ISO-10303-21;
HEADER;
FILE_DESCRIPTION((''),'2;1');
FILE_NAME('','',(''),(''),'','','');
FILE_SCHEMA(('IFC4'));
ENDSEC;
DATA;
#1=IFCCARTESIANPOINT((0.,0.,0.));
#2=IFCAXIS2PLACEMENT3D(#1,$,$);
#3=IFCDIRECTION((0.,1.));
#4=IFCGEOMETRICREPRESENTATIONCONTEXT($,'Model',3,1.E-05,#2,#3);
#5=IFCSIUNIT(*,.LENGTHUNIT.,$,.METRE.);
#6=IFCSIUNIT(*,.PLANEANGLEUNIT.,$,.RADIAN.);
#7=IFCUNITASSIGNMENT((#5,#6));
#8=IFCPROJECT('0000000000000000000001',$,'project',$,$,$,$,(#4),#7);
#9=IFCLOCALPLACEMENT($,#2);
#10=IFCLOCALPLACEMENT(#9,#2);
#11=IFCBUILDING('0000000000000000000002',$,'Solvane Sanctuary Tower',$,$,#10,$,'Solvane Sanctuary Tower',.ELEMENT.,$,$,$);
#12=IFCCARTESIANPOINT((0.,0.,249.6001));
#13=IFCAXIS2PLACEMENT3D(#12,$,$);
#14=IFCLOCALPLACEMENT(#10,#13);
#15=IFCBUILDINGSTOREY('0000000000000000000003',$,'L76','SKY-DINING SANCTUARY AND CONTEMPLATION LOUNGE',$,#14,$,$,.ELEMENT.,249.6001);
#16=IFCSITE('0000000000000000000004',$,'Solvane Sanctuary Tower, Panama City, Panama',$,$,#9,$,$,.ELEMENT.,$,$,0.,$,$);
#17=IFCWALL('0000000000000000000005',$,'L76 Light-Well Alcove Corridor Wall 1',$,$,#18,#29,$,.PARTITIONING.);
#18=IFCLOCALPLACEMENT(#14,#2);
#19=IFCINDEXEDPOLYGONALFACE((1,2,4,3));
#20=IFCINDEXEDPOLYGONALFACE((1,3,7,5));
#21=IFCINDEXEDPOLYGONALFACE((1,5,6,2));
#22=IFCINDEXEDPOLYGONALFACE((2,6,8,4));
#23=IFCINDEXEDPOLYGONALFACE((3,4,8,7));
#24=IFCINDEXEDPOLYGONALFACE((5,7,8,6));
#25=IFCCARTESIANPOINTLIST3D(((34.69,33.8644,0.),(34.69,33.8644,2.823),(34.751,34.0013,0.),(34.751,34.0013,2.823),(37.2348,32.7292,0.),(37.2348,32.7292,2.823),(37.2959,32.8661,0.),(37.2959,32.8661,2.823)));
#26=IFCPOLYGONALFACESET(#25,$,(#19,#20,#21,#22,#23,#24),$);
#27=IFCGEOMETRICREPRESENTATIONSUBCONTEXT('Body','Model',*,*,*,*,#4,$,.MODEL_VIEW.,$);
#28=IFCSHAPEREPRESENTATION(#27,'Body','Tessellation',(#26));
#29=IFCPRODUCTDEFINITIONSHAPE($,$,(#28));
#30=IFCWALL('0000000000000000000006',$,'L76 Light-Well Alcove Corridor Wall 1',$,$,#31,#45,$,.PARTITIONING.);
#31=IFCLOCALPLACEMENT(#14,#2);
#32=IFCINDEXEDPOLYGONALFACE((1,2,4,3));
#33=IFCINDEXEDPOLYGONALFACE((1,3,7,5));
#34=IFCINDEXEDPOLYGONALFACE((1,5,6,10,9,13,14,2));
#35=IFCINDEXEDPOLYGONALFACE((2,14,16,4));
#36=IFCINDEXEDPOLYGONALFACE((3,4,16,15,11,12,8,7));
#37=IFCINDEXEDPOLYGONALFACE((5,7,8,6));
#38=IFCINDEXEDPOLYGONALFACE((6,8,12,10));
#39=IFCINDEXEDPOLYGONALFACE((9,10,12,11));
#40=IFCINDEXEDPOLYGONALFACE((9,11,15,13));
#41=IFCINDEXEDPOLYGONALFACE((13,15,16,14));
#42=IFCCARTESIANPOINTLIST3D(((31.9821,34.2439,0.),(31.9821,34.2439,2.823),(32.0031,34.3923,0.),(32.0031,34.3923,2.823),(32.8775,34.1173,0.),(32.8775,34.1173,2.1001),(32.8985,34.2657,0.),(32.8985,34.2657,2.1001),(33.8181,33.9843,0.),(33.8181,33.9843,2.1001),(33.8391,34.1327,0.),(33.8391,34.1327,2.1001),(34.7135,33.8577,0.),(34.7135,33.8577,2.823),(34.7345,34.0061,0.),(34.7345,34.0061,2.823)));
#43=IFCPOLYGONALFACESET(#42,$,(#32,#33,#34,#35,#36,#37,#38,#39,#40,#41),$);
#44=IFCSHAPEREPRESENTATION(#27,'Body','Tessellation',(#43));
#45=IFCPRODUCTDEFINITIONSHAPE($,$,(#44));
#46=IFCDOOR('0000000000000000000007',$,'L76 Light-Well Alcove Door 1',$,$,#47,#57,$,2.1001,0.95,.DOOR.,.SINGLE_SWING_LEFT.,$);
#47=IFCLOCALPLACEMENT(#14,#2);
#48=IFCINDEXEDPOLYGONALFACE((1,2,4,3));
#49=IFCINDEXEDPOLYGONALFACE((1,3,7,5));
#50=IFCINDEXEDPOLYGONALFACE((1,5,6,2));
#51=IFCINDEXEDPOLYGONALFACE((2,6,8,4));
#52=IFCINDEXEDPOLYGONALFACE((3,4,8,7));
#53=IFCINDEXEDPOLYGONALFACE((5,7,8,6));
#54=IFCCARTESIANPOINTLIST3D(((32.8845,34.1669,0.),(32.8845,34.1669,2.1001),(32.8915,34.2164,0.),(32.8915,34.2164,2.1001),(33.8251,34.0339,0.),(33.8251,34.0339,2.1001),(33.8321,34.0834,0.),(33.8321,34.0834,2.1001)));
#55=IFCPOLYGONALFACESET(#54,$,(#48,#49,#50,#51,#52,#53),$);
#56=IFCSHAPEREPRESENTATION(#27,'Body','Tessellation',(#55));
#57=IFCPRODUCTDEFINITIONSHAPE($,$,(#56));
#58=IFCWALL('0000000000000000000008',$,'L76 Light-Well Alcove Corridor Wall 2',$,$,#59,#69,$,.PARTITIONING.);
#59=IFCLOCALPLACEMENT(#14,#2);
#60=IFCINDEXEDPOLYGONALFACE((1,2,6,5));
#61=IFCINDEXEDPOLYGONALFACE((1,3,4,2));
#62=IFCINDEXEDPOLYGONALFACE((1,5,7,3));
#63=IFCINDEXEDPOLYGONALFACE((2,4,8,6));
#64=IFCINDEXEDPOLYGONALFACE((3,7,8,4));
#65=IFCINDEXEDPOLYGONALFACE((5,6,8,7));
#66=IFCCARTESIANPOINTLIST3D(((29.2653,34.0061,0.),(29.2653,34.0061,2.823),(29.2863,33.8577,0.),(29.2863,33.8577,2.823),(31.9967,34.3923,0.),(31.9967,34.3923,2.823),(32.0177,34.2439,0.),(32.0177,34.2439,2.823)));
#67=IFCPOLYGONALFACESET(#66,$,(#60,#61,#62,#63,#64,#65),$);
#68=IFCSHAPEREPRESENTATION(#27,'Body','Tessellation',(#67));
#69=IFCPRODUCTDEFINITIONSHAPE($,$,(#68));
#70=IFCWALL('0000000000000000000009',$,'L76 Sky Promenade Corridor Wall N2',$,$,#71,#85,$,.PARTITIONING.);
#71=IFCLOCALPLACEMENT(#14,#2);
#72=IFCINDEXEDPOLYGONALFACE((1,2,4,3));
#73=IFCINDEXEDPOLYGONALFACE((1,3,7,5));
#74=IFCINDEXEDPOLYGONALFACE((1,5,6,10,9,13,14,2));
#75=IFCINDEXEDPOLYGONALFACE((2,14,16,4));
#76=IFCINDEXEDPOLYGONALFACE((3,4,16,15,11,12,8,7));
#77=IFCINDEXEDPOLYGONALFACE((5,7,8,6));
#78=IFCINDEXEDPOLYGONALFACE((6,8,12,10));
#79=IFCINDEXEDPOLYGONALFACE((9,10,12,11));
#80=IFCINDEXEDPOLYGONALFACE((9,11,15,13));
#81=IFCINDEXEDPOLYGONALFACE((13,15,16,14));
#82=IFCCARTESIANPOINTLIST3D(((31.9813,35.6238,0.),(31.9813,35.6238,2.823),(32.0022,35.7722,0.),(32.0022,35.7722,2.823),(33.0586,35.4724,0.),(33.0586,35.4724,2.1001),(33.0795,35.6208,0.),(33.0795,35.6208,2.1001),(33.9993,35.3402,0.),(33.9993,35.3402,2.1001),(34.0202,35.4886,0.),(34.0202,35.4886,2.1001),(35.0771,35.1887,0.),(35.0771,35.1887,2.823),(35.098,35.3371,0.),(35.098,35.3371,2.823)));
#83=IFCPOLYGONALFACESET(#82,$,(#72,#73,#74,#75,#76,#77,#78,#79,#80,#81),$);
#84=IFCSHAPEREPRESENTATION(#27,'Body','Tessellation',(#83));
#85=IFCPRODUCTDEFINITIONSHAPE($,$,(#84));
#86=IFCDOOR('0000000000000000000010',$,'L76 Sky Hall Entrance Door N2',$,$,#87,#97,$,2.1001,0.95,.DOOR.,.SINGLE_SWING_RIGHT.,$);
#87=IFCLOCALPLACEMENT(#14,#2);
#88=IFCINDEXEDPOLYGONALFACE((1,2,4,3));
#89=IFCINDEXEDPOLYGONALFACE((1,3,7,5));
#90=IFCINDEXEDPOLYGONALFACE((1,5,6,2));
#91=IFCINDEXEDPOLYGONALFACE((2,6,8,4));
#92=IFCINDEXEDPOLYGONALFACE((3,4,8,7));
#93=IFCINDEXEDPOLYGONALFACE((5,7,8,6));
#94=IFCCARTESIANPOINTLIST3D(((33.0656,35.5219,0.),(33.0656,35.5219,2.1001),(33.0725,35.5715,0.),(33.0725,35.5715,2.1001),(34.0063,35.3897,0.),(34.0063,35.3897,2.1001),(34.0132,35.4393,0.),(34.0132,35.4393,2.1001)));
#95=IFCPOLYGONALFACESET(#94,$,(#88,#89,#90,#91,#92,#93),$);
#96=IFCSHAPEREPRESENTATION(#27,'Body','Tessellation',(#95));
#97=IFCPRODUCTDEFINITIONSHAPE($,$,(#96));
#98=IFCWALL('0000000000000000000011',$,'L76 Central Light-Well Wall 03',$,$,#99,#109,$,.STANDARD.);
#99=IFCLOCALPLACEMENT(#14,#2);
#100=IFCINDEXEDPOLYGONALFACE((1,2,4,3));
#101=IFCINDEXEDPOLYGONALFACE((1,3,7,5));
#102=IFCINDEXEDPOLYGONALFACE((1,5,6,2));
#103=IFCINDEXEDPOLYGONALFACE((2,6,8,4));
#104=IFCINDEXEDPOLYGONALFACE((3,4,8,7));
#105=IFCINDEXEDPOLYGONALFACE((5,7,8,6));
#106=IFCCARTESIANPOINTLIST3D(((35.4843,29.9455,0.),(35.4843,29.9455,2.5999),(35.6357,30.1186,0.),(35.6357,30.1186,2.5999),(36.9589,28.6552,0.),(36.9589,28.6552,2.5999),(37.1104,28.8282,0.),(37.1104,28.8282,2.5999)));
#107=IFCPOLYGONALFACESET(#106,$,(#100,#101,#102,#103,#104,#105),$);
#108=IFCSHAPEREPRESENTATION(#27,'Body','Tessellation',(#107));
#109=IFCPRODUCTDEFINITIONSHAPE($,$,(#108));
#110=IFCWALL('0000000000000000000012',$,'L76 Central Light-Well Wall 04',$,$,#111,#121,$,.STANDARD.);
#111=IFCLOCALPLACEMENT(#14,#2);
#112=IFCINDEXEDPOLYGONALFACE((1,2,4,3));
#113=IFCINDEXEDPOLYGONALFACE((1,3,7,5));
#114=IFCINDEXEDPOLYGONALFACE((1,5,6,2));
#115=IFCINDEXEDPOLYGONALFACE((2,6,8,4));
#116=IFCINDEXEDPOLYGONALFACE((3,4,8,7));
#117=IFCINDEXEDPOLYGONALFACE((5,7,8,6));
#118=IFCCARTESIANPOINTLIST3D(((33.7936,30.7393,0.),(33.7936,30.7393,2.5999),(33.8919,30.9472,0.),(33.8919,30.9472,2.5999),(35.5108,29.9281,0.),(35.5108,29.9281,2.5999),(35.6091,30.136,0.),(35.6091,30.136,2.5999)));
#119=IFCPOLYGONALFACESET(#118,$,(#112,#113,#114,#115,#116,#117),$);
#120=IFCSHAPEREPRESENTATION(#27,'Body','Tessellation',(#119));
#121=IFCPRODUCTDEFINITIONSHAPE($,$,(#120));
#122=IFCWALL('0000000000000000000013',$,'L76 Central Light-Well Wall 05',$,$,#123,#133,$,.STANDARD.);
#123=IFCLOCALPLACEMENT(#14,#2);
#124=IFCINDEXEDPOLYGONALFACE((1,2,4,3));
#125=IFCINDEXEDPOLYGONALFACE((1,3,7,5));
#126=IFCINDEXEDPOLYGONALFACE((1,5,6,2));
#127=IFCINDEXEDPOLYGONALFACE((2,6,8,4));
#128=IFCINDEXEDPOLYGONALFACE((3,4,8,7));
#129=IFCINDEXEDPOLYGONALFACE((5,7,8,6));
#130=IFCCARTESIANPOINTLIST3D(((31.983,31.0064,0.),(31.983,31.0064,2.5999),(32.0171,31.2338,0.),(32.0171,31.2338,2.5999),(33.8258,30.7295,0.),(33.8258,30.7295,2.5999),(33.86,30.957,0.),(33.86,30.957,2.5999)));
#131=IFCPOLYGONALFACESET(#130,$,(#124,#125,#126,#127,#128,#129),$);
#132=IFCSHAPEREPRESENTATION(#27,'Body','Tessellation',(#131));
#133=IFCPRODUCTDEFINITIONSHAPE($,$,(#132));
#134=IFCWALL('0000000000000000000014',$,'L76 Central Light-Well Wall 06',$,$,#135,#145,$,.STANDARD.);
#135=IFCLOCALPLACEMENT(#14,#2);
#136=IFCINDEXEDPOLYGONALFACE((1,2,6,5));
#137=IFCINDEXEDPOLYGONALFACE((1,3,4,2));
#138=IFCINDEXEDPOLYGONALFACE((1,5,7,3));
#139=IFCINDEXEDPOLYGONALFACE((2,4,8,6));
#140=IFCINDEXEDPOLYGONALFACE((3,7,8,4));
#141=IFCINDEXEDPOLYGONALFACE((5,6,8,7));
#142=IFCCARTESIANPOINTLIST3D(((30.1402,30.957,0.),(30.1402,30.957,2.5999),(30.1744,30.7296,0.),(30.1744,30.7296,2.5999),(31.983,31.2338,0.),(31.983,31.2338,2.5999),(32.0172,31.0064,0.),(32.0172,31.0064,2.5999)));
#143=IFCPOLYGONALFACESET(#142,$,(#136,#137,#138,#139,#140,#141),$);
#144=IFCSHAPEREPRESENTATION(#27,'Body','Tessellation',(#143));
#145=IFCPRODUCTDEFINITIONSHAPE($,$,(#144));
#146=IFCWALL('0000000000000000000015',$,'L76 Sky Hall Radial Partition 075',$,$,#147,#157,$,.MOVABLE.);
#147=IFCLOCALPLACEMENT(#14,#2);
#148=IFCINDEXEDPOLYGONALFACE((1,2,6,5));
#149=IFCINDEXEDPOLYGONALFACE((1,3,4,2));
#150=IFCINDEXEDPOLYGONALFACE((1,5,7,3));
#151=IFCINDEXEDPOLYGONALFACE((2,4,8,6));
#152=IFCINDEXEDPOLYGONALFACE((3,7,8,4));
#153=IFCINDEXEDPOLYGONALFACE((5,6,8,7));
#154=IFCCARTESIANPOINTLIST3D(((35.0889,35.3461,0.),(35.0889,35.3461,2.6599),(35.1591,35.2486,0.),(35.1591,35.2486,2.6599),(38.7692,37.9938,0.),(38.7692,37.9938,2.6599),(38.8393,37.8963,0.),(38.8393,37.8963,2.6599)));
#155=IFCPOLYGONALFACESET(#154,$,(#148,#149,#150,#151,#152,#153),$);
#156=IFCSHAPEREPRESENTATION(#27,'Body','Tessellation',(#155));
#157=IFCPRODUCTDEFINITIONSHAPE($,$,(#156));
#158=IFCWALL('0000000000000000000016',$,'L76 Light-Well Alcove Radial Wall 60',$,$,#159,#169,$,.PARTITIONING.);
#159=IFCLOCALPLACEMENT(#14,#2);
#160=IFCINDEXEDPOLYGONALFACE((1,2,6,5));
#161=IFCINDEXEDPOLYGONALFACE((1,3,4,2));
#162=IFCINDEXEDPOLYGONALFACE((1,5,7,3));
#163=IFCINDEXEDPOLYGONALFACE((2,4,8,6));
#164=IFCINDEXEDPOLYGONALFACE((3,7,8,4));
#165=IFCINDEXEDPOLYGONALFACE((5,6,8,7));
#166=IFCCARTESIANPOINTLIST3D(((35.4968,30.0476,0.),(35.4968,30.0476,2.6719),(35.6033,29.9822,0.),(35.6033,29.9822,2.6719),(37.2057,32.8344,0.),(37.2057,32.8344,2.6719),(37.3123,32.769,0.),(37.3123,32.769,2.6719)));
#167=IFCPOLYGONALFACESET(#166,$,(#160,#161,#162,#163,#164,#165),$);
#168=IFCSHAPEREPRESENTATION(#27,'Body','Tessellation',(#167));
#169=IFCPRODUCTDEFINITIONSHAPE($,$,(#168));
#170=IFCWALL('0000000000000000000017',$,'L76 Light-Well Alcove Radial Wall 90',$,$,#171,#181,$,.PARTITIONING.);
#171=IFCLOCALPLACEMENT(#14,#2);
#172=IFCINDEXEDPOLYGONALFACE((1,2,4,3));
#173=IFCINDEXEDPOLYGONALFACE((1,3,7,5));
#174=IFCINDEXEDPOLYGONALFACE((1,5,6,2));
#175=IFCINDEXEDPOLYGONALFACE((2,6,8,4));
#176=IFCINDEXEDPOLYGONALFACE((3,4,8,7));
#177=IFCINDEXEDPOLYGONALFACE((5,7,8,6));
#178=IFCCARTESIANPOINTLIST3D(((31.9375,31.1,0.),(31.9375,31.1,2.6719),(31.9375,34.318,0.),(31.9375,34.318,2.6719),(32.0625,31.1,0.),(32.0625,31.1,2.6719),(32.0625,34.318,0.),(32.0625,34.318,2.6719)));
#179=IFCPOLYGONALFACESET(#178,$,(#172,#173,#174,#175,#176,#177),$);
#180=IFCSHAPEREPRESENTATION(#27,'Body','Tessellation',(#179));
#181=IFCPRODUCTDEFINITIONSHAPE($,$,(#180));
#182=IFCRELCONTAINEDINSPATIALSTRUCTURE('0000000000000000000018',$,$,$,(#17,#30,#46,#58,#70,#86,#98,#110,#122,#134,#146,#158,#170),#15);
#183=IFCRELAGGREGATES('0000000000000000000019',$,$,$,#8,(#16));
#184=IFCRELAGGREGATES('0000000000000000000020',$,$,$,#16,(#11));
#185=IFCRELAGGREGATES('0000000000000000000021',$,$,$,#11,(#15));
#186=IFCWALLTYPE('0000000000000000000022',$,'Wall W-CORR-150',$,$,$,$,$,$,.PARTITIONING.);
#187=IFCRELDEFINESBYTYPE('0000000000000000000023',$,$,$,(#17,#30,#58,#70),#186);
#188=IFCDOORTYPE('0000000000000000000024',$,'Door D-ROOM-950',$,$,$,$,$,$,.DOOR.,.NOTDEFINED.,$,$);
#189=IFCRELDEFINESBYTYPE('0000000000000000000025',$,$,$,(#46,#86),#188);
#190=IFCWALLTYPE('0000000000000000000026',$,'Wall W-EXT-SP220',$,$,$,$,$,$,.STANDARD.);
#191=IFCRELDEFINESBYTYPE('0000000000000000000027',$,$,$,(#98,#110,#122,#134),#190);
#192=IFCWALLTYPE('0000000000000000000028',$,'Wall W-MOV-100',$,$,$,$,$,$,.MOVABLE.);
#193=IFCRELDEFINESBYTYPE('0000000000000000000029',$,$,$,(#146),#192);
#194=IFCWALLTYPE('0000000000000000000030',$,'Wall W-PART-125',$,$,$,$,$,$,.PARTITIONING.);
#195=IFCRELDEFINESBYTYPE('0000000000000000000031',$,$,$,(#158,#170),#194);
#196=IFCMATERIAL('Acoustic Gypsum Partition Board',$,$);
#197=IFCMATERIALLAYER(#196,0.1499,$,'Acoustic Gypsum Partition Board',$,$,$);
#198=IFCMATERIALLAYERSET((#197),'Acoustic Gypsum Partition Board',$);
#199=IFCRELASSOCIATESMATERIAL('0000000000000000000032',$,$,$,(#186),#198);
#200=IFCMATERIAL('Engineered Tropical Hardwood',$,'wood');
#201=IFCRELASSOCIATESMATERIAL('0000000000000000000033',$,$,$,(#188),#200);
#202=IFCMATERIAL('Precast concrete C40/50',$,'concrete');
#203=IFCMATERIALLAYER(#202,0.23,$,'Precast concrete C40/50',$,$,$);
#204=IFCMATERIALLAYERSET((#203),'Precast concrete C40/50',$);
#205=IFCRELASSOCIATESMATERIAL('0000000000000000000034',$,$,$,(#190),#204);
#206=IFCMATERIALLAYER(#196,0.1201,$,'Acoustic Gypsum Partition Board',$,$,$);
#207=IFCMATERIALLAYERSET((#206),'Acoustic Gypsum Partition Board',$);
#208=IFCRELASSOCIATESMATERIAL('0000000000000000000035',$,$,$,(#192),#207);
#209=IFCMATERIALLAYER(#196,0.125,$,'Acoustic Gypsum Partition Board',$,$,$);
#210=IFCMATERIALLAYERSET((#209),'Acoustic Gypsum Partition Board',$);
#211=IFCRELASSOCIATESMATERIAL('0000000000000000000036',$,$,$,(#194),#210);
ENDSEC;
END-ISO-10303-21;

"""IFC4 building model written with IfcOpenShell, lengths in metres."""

from ifc_helpers import new_model, si_unit, direction, frame, frame_2d, origin, place, context, subcontext, project, spatial, rectangle, extrude, material, layer, layer_set, type_object, element, fill, save


model = new_model("IFC4")

# Units and contexts
model_context = context("Model", 3, precision=1e-05, world=origin(), true_north=direction((0.0, 1.0)))
body_context = subcontext(model_context, "Body", "Model", "MODEL_VIEW")
ifc_project = project(units=[si_unit("LENGTHUNIT", "METRE"), si_unit("PLANEANGLEUNIT", "RADIAN")], contexts=[model_context])

# Site, building, storey
site_placement = place(None, origin())
site = spatial("IfcSite", under=ifc_project, at=site_placement, Name="Solvane Sanctuary Tower, Panama City, Panama", CompositionType="ELEMENT", RefElevation=0.0)
building_placement = place(site_placement, origin())
building = spatial("IfcBuilding", under=site, at=building_placement, Name="Solvane Sanctuary Tower", LongName="Solvane Sanctuary Tower", CompositionType="ELEMENT")
storey_placement = place(building_placement, frame((0.0, 0.0, 249.6001)))
storey = spatial("IfcBuildingStorey", under=building, at=storey_placement, Name="L76", Description="SKY-DINING SANCTUARY AND CONTEMPLATION LOUNGE", CompositionType="ELEMENT", Elevation=249.6001)

# Wall
ifc_material_1 = material(Name="Acoustic Gypsum Partition Board")
ifc_layer_1 = layer(ifc_material_1, 0.1499, Name="Acoustic Gypsum Partition Board")
ifc_layer_set_1 = layer_set([ifc_layer_1], Name="Acoustic Gypsum Partition Board")
wall_type_1 = type_object("IfcWallType", Name="Wall W-CORR-150", PredefinedType="PARTITIONING", material=ifc_layer_set_1)
wall_1_placement = place(storey_placement, frame((37.2654, 32.7976, 0.0), z_axis=(0.0, 0.0, 1.0), x_axis=(-0.913254, 0.40739, 0.0)))
element("IfcWall", 1, at=wall_1_placement, inside=storey, type_object=wall_type_1, Name="L76 Light-Well Alcove Corridor Wall 1", PredefinedType="PARTITIONING", context=body_context, shape_type="SweptSolid", body=[
    extrude(rectangle(XDim=2.7866, YDim=0.1499, at=frame_2d((1.3933, 0.0))), origin(), (0.0, 0.0, 1.0), 2.823),
])

# Wall, opening, door
wall_2_placement = place(storey_placement, frame((34.7241, 33.9319, 0.0), z_axis=(0.0, 0.0, 1.0), x_axis=(-0.99015, 0.140009, 0.0)))
wall_2 = element("IfcWall", 2, at=wall_2_placement, inside=storey, type_object=wall_type_1, Name="L76 Light-Well Alcove Corridor Wall 1", PredefinedType="PARTITIONING", context=body_context, shape_type="SweptSolid", body=[
    extrude(rectangle(XDim=2.7585, YDim=0.1499, at=frame_2d((1.3794, 0.0))), origin(), (0.0, 0.0, 1.0), 2.823),
])
opening_1_placement = place(wall_2_placement, frame((0.9043, 0.0, 0.0)))
opening_1 = element("IfcOpeningElement", 3, at=opening_1_placement, cuts=wall_2, PredefinedType="OPENING", context=body_context, shape_type="SweptSolid", body=[
    extrude(rectangle(XDim=0.95, YDim=2.1001, at=frame_2d((0.4751, 1.05))), frame((0.0, 0.085, 0.0), z_axis=(0.0, -1.0, 0.0), x_axis=(1.0, 0.0, 0.0)), (0.0, 0.0, 1.0), 0.1699),
])
ifc_material_2 = material(Name="Engineered Tropical Hardwood", Category="wood")
door_type = type_object("IfcDoorType", Name="Door D-ROOM-950", OperationType="NOTDEFINED", PredefinedType="DOOR", material=ifc_material_2)
door_1_placement = place(opening_1_placement, origin())
door_1 = element("IfcDoor", 4, at=door_1_placement, inside=storey, type_object=door_type, Name="L76 Light-Well Alcove Door 1", OperationType="SINGLE_SWING_LEFT", OverallHeight=2.1001, OverallWidth=0.95, PredefinedType="DOOR", context=body_context, shape_type="SweptSolid", body=[
    extrude(rectangle(XDim=0.95, YDim=2.1001, at=frame_2d((0.4751, 1.05))), frame((0.0, 0.0249, 0.0), z_axis=(0.0, -1.0, 0.0), x_axis=(1.0, 0.0, 0.0)), (0.0, 0.0, 1.0), 0.05),
])
fill(opening_1, door_1)

# Wall
wall_3_placement = place(storey_placement, frame((32.0073, 34.3181, 0.0), z_axis=(0.0, 0.0, 1.0), x_axis=(-0.99015, -0.140009, 0.0)))
element("IfcWall", 5, at=wall_3_placement, inside=storey, type_object=wall_type_1, Name="L76 Light-Well Alcove Corridor Wall 2", PredefinedType="PARTITIONING", context=body_context, shape_type="SweptSolid", body=[
    extrude(rectangle(XDim=2.7585, YDim=0.1499, at=frame_2d((1.3794, 0.0))), origin(), (0.0, 0.0, 1.0), 2.823),
])

# Wall, opening, door
wall_4_placement = place(storey_placement, frame((35.0874, 35.2629, 0.0), z_axis=(0.0, 0.0, 1.0), x_axis=(-0.990269, 0.139169, 0.0)))
wall_4 = element("IfcWall", 6, at=wall_4_placement, inside=storey, type_object=wall_type_1, Name="L76 Sky Promenade Corridor Wall N2", PredefinedType="PARTITIONING", context=body_context, shape_type="SweptSolid", body=[
    extrude(rectangle(XDim=3.1262, YDim=0.1499, at=frame_2d((1.563, 0.0))), origin(), (0.0, 0.0, 1.0), 2.823),
])
opening_2_placement = place(wall_4_placement, frame((1.0881, 0.0, 0.0)))
opening_2 = element("IfcOpeningElement", 7, at=opening_2_placement, cuts=wall_4, PredefinedType="OPENING", context=body_context, shape_type="SweptSolid", body=[
    extrude(rectangle(XDim=0.95, YDim=2.1001, at=frame_2d((0.4751, 1.05))), frame((0.0, 0.085, 0.0), z_axis=(0.0, -1.0, 0.0), x_axis=(1.0, 0.0, 0.0)), (0.0, 0.0, 1.0), 0.1699),
])
door_2_placement = place(opening_2_placement, origin())
door_2 = element("IfcDoor", 8, at=door_2_placement, inside=storey, type_object=door_type, Name="L76 Sky Hall Entrance Door N2", OperationType="SINGLE_SWING_RIGHT", OverallHeight=2.1001, OverallWidth=0.95, PredefinedType="DOOR", context=body_context, shape_type="SweptSolid", body=[
    extrude(rectangle(XDim=0.95, YDim=2.1001, at=frame_2d((0.4751, 1.05))), frame((0.0, 0.0249, 0.0), z_axis=(0.0, -1.0, 0.0), x_axis=(1.0, 0.0, 0.0)), (0.0, 0.0, 1.0), 0.05),
])
fill(opening_2, door_2)

# Walls
ifc_material_3 = material(Name="Precast concrete C40/50", Category="concrete")
ifc_layer_2 = layer(ifc_material_3, 0.23, Name="Precast concrete C40/50")
ifc_layer_set_2 = layer_set([ifc_layer_2], Name="Precast concrete C40/50")
wall_type_2 = type_object("IfcWallType", Name="Wall W-EXT-SP220", PredefinedType="STANDARD", material=ifc_layer_set_2)
wall_5_placement = place(storey_placement, frame((37.0347, 28.7417, 0.0), z_axis=(0.0, 0.0, 1.0), x_axis=(-0.752577, 0.658505, 0.0)))
element("IfcWall", 9, at=wall_5_placement, inside=storey, type_object=wall_type_2, Name="L76 Central Light-Well Wall 03", PredefinedType="STANDARD", context=body_context, shape_type="SweptSolid", body=[
    extrude(rectangle(XDim=1.9595, YDim=0.23, at=frame_2d((0.9797, 0.0))), origin(), (0.0, 0.0, 1.0), 2.5999),
])
wall_6_placement = place(storey_placement, frame((35.5601, 30.032, 0.0), z_axis=(0.0, 0.0, 1.0), x_axis=(-0.90418, 0.427152, 0.0)))
element("IfcWall", 10, at=wall_6_placement, inside=storey, type_object=wall_type_2, Name="L76 Central Light-Well Wall 04", PredefinedType="STANDARD", context=body_context, shape_type="SweptSolid", body=[
    extrude(rectangle(XDim=1.8992, YDim=0.23, at=frame_2d((0.9497, 0.0))), origin(), (0.0, 0.0, 1.0), 2.5999),
])
for number, where, z_axis, x_axis, name in (
    (11, (33.8428, 30.8433, 0.0), (0.0, 0.0, 1.0), (-0.988902, 0.148571, 0.0), "L76 Central Light-Well Wall 05"),
    (12, (32.0, 31.1201, 0.0), (0.0, 0.0, 1.0), (-0.988902, -0.148571, 0.0), "L76 Central Light-Well Wall 06"),
):
    element("IfcWall", number, at=place(storey_placement, frame(where, z_axis=z_axis, x_axis=x_axis)), inside=storey, type_object=wall_type_2, Name=name, PredefinedType="STANDARD", context=body_context, shape_type="SweptSolid", body=[
        extrude(rectangle(XDim=1.8635, YDim=0.23, at=frame_2d((0.9316, 0.0))), origin(), (0.0, 0.0, 1.0), 2.5999),
    ])
ifc_layer_3 = layer(ifc_material_1, 0.1201, Name="Acoustic Gypsum Partition Board")
ifc_layer_set_3 = layer_set([ifc_layer_3], Name="Acoustic Gypsum Partition Board")
wall_type_3 = type_object("IfcWallType", Name="Wall W-MOV-100", PredefinedType="MOVABLE", material=ifc_layer_set_3)
wall_7_placement = place(storey_placement, frame((35.124, 35.2974, 0.0), z_axis=(0.0, 0.0, 1.0), x_axis=(0.811746, 0.584011, 0.0)))
element("IfcWall", 13, at=wall_7_placement, inside=storey, type_object=wall_type_3, Name="L76 Sky Hall Radial Partition 075", PredefinedType="MOVABLE", context=body_context, shape_type="SweptSolid", body=[
    extrude(rectangle(XDim=4.5337, YDim=0.1201, at=frame_2d((2.2668, 0.0))), origin(), (0.0, 0.0, 1.0), 2.6599),
])
ifc_layer_4 = layer(ifc_material_1, 0.125, Name="Acoustic Gypsum Partition Board")
ifc_layer_set_4 = layer_set([ifc_layer_4], Name="Acoustic Gypsum Partition Board")
wall_type_4 = type_object("IfcWallType", Name="Wall W-PART-125", PredefinedType="PARTITIONING", material=ifc_layer_set_4)
wall_8_placement = place(storey_placement, frame((35.55, 30.0149, 0.0), z_axis=(0.0, 0.0, 1.0), x_axis=(0.522763, 0.852478, 0.0)))
element("IfcWall", 14, at=wall_8_placement, inside=storey, type_object=wall_type_4, Name="L76 Light-Well Alcove Radial Wall 60", PredefinedType="PARTITIONING", context=body_context, shape_type="SweptSolid", body=[
    extrude(rectangle(XDim=3.269, YDim=0.125, at=frame_2d((1.6345, 0.0))), origin(), (0.0, 0.0, 1.0), 2.6719),
])
wall_9_placement = place(storey_placement, frame((32.0, 31.1001, 0.0), z_axis=(0.0, 0.0, 1.0), x_axis=(0.0, 1.0, 0.0)))
element("IfcWall", 15, at=wall_9_placement, inside=storey, type_object=wall_type_4, Name="L76 Light-Well Alcove Radial Wall 90", PredefinedType="PARTITIONING", context=body_context, shape_type="SweptSolid", body=[
    extrude(rectangle(XDim=3.218, YDim=0.125, at=frame_2d((1.6089, 0.0))), origin(), (0.0, 0.0, 1.0), 2.6719),
])

save(model, "model.ifc")
